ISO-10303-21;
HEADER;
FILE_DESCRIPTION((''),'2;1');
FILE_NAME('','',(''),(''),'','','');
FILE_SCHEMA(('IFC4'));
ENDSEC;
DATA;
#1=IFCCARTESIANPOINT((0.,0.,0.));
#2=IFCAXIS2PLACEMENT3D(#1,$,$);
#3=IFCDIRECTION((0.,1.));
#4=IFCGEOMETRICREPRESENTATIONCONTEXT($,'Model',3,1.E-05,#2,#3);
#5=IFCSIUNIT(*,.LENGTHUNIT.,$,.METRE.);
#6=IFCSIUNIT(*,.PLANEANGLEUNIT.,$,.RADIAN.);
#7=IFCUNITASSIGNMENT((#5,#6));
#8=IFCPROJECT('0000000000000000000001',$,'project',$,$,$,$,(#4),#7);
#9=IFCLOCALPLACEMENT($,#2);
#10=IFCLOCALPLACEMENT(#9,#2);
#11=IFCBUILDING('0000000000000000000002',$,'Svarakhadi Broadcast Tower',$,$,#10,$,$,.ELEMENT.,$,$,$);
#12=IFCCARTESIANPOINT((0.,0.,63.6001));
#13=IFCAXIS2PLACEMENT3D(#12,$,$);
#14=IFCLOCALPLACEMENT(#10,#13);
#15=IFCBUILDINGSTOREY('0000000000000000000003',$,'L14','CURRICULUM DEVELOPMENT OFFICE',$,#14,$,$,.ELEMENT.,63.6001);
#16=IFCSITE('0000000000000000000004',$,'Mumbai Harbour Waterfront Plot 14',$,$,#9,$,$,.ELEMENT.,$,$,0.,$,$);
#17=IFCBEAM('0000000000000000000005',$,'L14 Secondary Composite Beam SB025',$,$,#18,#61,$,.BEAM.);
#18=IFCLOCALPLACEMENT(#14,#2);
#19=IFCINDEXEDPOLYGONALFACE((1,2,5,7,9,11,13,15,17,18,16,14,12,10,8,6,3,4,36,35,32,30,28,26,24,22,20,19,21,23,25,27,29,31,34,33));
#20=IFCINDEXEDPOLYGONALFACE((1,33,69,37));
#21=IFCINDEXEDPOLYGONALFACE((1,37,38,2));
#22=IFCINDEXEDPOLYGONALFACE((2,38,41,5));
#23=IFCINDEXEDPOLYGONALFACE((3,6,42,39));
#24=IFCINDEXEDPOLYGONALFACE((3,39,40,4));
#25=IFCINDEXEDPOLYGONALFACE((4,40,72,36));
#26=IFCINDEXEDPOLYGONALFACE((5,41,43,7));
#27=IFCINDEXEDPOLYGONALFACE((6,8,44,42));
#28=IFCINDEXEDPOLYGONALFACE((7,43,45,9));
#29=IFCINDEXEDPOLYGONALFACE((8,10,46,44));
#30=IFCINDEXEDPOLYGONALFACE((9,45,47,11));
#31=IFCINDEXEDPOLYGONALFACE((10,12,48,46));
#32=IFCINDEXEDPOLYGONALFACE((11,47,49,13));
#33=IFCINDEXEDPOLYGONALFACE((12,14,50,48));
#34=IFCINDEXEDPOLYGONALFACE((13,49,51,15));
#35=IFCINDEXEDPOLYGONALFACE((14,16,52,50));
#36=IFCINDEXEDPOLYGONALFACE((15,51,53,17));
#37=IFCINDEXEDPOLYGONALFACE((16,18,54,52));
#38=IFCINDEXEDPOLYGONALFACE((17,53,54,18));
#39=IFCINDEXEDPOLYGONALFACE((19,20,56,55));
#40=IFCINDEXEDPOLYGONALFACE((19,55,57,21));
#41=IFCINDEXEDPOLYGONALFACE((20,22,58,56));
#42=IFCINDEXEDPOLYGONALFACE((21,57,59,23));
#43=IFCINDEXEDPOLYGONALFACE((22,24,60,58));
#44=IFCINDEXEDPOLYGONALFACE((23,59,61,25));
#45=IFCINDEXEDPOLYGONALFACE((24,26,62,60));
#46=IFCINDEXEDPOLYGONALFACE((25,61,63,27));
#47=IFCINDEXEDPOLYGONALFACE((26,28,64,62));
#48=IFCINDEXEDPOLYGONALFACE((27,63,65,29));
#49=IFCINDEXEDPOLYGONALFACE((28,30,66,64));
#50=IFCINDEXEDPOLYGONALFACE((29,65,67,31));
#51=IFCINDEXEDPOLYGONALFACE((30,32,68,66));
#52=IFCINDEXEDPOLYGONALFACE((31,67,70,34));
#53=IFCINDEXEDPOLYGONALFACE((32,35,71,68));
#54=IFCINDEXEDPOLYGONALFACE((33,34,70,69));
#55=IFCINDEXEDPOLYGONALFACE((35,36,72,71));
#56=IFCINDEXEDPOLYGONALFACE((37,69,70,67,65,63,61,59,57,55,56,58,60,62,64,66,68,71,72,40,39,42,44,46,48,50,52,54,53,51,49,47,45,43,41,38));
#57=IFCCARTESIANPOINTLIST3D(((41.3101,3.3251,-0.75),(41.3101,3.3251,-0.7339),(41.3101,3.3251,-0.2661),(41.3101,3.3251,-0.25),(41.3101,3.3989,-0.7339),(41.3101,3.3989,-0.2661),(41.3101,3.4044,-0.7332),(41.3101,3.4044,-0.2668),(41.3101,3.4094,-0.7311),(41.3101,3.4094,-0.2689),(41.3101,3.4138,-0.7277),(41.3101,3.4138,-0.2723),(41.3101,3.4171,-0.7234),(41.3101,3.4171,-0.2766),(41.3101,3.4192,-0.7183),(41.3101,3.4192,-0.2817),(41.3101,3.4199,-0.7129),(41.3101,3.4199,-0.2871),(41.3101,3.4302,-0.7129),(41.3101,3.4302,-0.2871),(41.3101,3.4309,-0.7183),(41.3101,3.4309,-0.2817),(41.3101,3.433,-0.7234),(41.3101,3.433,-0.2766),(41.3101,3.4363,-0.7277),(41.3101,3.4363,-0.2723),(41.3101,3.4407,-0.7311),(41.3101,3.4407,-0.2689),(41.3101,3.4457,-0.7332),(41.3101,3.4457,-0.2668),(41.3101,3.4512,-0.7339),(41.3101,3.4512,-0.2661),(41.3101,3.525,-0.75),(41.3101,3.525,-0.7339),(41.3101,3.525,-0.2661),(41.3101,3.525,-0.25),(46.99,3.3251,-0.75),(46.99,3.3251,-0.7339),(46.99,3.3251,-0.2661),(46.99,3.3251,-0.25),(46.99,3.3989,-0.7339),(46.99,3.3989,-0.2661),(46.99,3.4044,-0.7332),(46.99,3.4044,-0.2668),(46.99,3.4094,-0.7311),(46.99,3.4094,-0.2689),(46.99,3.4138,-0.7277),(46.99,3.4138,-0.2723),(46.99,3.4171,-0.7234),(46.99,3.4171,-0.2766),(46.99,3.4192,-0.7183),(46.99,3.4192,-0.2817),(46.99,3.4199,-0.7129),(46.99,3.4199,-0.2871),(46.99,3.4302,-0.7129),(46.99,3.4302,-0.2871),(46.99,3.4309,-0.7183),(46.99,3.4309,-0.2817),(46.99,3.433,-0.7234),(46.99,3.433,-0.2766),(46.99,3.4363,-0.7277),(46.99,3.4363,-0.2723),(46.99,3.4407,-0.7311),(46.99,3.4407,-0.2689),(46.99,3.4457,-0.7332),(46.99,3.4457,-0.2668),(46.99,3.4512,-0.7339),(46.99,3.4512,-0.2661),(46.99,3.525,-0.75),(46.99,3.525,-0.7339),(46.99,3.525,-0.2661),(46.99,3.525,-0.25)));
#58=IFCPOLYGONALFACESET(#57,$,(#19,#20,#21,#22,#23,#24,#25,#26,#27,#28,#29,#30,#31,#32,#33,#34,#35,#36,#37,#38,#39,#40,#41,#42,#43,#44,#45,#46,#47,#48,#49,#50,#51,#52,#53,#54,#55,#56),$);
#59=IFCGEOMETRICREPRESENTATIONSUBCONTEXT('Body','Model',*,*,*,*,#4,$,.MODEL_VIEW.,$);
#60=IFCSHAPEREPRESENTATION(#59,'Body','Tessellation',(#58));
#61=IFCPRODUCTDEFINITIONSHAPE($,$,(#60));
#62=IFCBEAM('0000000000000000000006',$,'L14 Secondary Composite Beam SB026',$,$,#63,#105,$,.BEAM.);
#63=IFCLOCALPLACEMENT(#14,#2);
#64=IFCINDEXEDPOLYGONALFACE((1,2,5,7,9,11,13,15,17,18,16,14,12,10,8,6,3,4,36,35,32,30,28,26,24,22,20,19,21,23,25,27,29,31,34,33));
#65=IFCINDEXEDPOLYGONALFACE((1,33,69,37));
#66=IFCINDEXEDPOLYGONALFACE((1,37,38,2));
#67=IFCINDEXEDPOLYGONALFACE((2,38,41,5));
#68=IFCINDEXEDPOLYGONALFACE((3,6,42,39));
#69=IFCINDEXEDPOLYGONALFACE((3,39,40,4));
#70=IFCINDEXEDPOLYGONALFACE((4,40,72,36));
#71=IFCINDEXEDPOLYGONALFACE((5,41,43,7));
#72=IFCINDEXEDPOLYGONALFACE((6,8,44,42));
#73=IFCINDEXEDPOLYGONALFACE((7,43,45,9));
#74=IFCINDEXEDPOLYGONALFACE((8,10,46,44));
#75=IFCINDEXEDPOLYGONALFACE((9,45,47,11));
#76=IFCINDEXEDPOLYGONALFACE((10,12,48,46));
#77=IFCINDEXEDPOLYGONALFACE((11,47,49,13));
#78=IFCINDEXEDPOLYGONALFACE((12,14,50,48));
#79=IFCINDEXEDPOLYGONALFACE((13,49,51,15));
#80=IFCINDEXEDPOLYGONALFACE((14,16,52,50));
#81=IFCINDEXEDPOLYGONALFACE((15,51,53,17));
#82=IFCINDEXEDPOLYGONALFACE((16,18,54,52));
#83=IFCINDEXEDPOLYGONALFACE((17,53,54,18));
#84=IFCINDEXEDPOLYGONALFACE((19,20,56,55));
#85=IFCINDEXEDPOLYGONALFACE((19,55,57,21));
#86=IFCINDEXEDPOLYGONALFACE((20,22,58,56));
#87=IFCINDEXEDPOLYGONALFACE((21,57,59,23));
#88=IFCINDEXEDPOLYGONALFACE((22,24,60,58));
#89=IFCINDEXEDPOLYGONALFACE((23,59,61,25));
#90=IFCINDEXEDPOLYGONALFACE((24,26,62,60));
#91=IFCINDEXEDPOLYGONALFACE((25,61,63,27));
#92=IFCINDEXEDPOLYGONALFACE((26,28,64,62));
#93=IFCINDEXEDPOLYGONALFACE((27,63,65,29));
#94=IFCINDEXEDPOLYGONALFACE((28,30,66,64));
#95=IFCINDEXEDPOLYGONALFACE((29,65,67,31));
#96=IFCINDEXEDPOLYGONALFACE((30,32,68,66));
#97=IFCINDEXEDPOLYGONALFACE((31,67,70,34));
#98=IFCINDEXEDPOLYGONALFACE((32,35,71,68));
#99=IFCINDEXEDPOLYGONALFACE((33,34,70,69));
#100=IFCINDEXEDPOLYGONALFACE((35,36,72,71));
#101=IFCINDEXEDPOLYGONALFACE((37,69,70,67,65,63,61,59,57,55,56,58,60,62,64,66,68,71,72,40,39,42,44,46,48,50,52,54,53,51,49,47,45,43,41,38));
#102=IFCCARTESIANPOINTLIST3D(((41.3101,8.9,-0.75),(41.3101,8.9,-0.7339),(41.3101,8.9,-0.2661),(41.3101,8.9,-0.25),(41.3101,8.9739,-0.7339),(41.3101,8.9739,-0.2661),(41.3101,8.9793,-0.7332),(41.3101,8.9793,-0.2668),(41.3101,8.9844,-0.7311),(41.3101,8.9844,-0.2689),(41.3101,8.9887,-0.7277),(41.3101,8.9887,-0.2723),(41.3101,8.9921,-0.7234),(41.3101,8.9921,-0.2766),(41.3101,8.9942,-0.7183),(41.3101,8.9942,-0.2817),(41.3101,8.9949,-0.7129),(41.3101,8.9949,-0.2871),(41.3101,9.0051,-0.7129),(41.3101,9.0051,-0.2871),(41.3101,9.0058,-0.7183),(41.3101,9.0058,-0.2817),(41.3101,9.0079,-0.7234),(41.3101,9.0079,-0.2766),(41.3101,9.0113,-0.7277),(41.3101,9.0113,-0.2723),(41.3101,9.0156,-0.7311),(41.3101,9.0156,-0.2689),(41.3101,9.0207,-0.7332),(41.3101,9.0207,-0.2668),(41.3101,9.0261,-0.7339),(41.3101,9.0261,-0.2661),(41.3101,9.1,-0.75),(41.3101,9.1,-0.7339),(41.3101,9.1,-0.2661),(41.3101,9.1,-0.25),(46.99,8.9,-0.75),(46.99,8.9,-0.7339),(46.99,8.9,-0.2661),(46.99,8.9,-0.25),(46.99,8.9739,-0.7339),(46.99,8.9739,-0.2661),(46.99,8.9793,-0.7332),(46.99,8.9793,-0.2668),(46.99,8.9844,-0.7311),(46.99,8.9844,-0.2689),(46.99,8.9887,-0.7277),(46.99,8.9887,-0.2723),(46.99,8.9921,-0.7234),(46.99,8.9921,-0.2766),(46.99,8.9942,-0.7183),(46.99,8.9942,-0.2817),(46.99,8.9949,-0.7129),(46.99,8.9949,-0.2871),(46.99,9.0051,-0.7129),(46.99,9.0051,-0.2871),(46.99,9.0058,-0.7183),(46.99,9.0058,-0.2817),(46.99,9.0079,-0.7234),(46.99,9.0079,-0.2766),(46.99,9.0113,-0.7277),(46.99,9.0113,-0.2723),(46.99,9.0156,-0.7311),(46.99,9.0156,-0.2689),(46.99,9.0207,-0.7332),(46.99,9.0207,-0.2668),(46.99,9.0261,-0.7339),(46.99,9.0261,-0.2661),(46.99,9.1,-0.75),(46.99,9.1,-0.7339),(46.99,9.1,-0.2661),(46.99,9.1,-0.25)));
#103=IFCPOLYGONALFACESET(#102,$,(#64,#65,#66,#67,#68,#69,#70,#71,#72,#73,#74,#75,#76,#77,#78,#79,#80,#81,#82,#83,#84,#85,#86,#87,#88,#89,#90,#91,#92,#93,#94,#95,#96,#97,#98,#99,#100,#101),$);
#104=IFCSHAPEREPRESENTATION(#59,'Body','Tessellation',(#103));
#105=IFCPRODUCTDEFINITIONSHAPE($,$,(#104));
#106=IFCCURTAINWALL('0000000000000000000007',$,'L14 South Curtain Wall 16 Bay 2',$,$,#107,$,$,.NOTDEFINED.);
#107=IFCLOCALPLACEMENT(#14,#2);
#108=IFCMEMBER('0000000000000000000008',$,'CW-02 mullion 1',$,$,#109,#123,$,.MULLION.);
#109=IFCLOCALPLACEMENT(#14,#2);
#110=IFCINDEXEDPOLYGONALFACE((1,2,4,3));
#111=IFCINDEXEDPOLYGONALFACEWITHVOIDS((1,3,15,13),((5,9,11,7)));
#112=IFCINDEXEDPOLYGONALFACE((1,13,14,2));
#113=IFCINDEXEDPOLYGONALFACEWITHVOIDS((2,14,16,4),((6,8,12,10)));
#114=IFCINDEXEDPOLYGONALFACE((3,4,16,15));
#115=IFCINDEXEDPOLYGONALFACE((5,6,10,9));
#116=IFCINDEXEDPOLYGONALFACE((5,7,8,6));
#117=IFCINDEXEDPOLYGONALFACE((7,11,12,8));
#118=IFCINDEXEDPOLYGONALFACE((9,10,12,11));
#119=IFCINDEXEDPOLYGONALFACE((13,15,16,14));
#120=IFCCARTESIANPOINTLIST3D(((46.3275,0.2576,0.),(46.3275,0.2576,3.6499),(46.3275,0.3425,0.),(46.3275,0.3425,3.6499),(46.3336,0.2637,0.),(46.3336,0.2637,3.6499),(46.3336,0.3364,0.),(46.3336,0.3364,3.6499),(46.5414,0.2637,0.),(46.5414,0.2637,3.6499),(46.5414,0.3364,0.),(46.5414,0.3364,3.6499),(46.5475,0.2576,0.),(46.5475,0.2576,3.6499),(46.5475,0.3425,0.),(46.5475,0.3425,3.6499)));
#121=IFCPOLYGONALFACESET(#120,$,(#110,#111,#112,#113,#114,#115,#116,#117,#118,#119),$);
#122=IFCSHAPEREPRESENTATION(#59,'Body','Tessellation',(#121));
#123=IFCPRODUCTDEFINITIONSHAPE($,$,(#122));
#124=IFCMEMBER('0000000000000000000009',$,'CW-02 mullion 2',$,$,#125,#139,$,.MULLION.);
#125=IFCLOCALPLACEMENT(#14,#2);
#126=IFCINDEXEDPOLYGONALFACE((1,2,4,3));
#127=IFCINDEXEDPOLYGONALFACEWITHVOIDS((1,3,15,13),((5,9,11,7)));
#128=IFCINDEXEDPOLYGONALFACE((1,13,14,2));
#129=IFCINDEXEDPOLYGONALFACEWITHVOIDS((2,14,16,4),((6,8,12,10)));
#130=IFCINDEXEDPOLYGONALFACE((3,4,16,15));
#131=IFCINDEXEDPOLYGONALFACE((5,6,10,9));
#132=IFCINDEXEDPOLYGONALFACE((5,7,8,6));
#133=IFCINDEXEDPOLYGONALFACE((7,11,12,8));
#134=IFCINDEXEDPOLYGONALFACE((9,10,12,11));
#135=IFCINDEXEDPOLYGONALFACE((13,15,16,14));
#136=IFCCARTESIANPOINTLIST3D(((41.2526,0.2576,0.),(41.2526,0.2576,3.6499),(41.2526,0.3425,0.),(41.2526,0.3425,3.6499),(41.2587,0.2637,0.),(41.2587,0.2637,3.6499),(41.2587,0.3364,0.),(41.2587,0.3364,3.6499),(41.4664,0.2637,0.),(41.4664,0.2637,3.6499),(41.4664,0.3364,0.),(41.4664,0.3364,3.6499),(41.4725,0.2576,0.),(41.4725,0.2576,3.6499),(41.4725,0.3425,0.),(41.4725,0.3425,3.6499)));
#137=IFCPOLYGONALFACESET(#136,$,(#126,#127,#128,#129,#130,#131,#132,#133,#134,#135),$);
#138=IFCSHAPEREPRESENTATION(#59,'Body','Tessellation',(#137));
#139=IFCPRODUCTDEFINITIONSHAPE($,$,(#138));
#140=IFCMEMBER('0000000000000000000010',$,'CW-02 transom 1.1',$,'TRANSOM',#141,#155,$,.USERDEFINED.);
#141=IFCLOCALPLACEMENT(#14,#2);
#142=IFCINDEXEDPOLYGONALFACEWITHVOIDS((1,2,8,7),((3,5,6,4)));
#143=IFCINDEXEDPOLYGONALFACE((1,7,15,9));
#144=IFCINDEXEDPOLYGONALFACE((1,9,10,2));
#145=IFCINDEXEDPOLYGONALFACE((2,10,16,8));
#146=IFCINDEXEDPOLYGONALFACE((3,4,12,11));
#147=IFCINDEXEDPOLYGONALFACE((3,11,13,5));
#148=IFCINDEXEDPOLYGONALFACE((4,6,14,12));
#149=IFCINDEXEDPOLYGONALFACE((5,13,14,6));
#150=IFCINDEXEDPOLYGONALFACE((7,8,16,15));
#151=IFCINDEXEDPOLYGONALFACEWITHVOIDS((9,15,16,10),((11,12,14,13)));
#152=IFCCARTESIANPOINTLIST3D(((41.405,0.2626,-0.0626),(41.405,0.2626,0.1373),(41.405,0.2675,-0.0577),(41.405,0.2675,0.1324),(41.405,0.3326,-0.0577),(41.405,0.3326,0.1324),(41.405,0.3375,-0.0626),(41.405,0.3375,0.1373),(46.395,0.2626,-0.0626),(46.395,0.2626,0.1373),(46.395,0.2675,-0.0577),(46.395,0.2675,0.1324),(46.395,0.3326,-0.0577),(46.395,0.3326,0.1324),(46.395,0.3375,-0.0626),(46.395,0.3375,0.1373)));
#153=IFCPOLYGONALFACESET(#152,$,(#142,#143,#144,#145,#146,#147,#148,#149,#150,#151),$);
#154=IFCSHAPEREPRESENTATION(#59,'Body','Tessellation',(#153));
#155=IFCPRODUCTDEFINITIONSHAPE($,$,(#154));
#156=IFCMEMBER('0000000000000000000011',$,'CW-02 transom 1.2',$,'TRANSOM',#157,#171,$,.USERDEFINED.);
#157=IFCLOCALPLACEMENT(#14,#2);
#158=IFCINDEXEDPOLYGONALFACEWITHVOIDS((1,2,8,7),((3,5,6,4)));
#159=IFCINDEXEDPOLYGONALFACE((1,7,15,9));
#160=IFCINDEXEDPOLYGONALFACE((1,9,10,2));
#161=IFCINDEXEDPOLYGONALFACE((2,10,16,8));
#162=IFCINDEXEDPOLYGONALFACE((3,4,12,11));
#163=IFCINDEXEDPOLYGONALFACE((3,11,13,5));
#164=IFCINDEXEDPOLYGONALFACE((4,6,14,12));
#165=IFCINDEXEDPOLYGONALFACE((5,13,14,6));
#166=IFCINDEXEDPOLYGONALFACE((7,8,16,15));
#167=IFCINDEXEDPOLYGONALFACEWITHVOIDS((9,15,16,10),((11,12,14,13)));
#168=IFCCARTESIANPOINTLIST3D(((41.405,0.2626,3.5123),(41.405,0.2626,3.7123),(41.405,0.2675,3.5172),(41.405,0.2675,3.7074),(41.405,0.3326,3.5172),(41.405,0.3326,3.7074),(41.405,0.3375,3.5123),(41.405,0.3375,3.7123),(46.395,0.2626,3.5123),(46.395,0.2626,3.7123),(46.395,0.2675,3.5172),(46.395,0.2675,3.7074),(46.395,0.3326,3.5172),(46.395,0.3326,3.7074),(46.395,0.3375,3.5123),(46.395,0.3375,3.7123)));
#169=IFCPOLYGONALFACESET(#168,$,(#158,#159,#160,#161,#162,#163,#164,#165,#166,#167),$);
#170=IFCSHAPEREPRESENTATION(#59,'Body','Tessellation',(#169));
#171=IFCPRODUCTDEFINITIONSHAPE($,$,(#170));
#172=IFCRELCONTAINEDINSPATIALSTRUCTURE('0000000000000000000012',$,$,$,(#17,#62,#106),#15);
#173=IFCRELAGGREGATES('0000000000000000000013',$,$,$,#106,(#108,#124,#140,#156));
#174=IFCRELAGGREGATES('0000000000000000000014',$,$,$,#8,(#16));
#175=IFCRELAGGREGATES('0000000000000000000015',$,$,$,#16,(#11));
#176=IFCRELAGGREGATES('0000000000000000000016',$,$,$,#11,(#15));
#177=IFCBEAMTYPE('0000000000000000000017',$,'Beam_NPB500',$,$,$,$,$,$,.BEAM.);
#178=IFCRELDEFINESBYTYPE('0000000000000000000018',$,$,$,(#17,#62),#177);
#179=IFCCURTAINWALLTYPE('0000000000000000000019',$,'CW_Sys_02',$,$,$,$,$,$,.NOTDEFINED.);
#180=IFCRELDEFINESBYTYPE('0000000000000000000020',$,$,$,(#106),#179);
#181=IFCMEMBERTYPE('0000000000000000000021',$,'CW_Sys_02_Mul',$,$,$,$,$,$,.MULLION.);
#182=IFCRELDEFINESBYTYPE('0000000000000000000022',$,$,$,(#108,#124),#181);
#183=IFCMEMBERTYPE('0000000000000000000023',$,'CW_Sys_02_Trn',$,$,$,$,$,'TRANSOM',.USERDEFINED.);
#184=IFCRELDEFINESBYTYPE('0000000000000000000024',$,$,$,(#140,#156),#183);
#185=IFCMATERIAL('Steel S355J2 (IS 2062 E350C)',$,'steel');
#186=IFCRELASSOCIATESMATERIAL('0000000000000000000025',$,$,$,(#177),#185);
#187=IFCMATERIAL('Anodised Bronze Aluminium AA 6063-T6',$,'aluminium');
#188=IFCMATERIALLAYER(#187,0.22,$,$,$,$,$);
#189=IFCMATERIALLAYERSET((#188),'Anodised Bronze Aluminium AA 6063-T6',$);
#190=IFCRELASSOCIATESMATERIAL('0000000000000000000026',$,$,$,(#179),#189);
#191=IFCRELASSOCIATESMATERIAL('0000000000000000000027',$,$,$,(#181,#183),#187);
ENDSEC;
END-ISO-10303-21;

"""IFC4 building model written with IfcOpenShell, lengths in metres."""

from ifc_helpers import new_model, si_unit, direction, frame, origin, origin_2d, place, context, subcontext, project, spatial, hollow_rectangle, i_section, extrude, material, layer, layer_set, material_profile, profile_set, type_object, element, aggregate, save


model = new_model("IFC4")

# Units and contexts
model_context = context("Model", 3, precision=1e-05, world=origin(), true_north=direction((0.0, 1.0)))
body_context = subcontext(model_context, "Body", "Model", "MODEL_VIEW")
ifc_project = project(units=[si_unit("LENGTHUNIT", "METRE"), si_unit("PLANEANGLEUNIT", "RADIAN")], contexts=[model_context])

# Site, building, storey
site_placement = place(None, origin())
site = spatial("IfcSite", under=ifc_project, at=site_placement, Name="Mumbai Harbour Waterfront Plot 14", CompositionType="ELEMENT", RefElevation=0.0)
building_placement = place(site_placement, origin())
building = spatial("IfcBuilding", under=site, at=building_placement, Name="Svarakhadi Broadcast Tower", CompositionType="ELEMENT")
storey_placement = place(building_placement, frame((0.0, 0.0, 63.6001)))
storey = spatial("IfcBuildingStorey", under=building, at=storey_placement, Name="L14", Description="CURRICULUM DEVELOPMENT OFFICE", CompositionType="ELEMENT", Elevation=63.6001)

# Beams
ifc_material_1 = material(Name="Steel S355J2 (IS 2062 E350C)", Category="steel")
ifc_material_profile_1 = material_profile(ifc_material_1, i_section(OverallWidth=0.2, OverallDepth=0.5, WebThickness=0.0103, FlangeThickness=0.0161, FilletRadius=0.021, at=origin_2d()), Name="NPB 500x200x91")
ifc_profile_set_1 = profile_set([ifc_material_profile_1], Name="Steel S355J2 (IS 2062 E350C)")
beam_type_1 = type_object("IfcBeamType", Name="Beam_NPB500", PredefinedType="BEAM", material=ifc_profile_set_1)
for number, where, z_axis, x_axis, name in (
    (1, (41.3101, 3.425, -0.5), (1.0, 0.0, 0.0), (0.0, 1.0, 0.0), "L14 Secondary Composite Beam SB025"),
    (2, (41.3101, 9.0, -0.5), (1.0, 0.0, 0.0), (0.0, 1.0, 0.0), "L14 Secondary Composite Beam SB026"),
):
    element("IfcBeam", number, at=place(storey_placement, frame(where, z_axis=z_axis, x_axis=x_axis)), inside=storey, type_object=beam_type_1, Name=name, PredefinedType="BEAM", context=body_context, shape_type="SweptSolid", body=[
        extrude(i_section(OverallWidth=0.2, OverallDepth=0.5, WebThickness=0.0103, FlangeThickness=0.0161, FilletRadius=0.021, at=origin_2d()), origin(), (0.0, 0.0, 1.0), 5.6799),
    ])

# Curtain wall, members
ifc_material_2 = material(Name="Anodised Bronze Aluminium AA 6063-T6", Category="aluminium")
ifc_layer_1 = layer(ifc_material_2, 0.22)
ifc_layer_set_1 = layer_set([ifc_layer_1], Name="Anodised Bronze Aluminium AA 6063-T6")
curtain_wall_type = type_object("IfcCurtainWallType", Name="CW_Sys_02", PredefinedType="NOTDEFINED", material=ifc_layer_set_1)
curtain_wall_placement = place(storey_placement, origin())
curtain_wall = element("IfcCurtainWall", 3, at=curtain_wall_placement, inside=storey, type_object=curtain_wall_type, Name="L14 South Curtain Wall 16 Bay 2", PredefinedType="NOTDEFINED")
ifc_material_profile_2 = material_profile(ifc_material_2, hollow_rectangle(XDim=0.085, YDim=0.22, WallThickness=0.0061, at=origin_2d()), Name="ALU MULLION 220x85x6")
ifc_profile_set_2 = profile_set([ifc_material_profile_2], Name="Anodised Bronze Aluminium AA 6063-T6")
member_type_1 = type_object("IfcMemberType", Name="CW_Sys_02_Mul", PredefinedType="MULLION", material=ifc_profile_set_2)
member_1_placement = place(storey_placement, frame((46.4375, 0.3, 0.0), z_axis=(0.0, 0.0, 1.0), x_axis=(0.0, -1.0, 0.0)))
member_1 = element("IfcMember", 4, at=member_1_placement, type_object=member_type_1, Name="CW-02 mullion 1", PredefinedType="MULLION", context=body_context, shape_type="SweptSolid", body=[
    extrude(hollow_rectangle(XDim=0.085, YDim=0.22, WallThickness=0.0061, at=origin_2d()), origin(), (0.0, 0.0, 1.0), 3.6499),
])
member_2_placement = place(storey_placement, frame((41.3625, 0.3, 0.0), z_axis=(0.0, 0.0, 1.0), x_axis=(0.0, -1.0, 0.0)))
member_2 = element("IfcMember", 5, at=member_2_placement, type_object=member_type_1, Name="CW-02 mullion 2", PredefinedType="MULLION", context=body_context, shape_type="SweptSolid", body=[
    extrude(hollow_rectangle(XDim=0.085, YDim=0.22, WallThickness=0.0061, at=origin_2d()), origin(), (0.0, 0.0, 1.0), 3.6499),
])
ifc_material_profile_3 = material_profile(ifc_material_2, hollow_rectangle(XDim=0.075, YDim=0.2, WallThickness=0.0049, at=origin_2d()), Name="ALU TRANSOM 200x75x5")
ifc_profile_set_3 = profile_set([ifc_material_profile_3], Name="Anodised Bronze Aluminium AA 6063-T6")
member_type_2 = type_object("IfcMemberType", Name="CW_Sys_02_Trn", ElementType="TRANSOM", PredefinedType="USERDEFINED", material=ifc_profile_set_3)
member_3_placement = place(storey_placement, frame((46.395, 0.3, 0.0374), z_axis=(-1.0, 0.0, 0.0), x_axis=(0.0, -1.0, 0.0)))
member_3 = element("IfcMember", 6, at=member_3_placement, type_object=member_type_2, Name="CW-02 transom 1.1", ObjectType="TRANSOM", PredefinedType="USERDEFINED", context=body_context, shape_type="SweptSolid", body=[
    extrude(hollow_rectangle(XDim=0.075, YDim=0.2, WallThickness=0.0049, at=origin_2d()), origin(), (0.0, 0.0, 1.0), 4.99),
])
member_4_placement = place(storey_placement, frame((46.395, 0.3, 3.6123), z_axis=(-1.0, 0.0, 0.0), x_axis=(0.0, -1.0, 0.0)))
member_4 = element("IfcMember", 7, at=member_4_placement, type_object=member_type_2, Name="CW-02 transom 1.2", ObjectType="TRANSOM", PredefinedType="USERDEFINED", context=body_context, shape_type="SweptSolid", body=[
    extrude(hollow_rectangle(XDim=0.075, YDim=0.2, WallThickness=0.0049, at=origin_2d()), origin(), (0.0, 0.0, 1.0), 4.99),
])

aggregate(curtain_wall, [member_1, member_2, member_3, member_4])

save(model, "model.ifc")
